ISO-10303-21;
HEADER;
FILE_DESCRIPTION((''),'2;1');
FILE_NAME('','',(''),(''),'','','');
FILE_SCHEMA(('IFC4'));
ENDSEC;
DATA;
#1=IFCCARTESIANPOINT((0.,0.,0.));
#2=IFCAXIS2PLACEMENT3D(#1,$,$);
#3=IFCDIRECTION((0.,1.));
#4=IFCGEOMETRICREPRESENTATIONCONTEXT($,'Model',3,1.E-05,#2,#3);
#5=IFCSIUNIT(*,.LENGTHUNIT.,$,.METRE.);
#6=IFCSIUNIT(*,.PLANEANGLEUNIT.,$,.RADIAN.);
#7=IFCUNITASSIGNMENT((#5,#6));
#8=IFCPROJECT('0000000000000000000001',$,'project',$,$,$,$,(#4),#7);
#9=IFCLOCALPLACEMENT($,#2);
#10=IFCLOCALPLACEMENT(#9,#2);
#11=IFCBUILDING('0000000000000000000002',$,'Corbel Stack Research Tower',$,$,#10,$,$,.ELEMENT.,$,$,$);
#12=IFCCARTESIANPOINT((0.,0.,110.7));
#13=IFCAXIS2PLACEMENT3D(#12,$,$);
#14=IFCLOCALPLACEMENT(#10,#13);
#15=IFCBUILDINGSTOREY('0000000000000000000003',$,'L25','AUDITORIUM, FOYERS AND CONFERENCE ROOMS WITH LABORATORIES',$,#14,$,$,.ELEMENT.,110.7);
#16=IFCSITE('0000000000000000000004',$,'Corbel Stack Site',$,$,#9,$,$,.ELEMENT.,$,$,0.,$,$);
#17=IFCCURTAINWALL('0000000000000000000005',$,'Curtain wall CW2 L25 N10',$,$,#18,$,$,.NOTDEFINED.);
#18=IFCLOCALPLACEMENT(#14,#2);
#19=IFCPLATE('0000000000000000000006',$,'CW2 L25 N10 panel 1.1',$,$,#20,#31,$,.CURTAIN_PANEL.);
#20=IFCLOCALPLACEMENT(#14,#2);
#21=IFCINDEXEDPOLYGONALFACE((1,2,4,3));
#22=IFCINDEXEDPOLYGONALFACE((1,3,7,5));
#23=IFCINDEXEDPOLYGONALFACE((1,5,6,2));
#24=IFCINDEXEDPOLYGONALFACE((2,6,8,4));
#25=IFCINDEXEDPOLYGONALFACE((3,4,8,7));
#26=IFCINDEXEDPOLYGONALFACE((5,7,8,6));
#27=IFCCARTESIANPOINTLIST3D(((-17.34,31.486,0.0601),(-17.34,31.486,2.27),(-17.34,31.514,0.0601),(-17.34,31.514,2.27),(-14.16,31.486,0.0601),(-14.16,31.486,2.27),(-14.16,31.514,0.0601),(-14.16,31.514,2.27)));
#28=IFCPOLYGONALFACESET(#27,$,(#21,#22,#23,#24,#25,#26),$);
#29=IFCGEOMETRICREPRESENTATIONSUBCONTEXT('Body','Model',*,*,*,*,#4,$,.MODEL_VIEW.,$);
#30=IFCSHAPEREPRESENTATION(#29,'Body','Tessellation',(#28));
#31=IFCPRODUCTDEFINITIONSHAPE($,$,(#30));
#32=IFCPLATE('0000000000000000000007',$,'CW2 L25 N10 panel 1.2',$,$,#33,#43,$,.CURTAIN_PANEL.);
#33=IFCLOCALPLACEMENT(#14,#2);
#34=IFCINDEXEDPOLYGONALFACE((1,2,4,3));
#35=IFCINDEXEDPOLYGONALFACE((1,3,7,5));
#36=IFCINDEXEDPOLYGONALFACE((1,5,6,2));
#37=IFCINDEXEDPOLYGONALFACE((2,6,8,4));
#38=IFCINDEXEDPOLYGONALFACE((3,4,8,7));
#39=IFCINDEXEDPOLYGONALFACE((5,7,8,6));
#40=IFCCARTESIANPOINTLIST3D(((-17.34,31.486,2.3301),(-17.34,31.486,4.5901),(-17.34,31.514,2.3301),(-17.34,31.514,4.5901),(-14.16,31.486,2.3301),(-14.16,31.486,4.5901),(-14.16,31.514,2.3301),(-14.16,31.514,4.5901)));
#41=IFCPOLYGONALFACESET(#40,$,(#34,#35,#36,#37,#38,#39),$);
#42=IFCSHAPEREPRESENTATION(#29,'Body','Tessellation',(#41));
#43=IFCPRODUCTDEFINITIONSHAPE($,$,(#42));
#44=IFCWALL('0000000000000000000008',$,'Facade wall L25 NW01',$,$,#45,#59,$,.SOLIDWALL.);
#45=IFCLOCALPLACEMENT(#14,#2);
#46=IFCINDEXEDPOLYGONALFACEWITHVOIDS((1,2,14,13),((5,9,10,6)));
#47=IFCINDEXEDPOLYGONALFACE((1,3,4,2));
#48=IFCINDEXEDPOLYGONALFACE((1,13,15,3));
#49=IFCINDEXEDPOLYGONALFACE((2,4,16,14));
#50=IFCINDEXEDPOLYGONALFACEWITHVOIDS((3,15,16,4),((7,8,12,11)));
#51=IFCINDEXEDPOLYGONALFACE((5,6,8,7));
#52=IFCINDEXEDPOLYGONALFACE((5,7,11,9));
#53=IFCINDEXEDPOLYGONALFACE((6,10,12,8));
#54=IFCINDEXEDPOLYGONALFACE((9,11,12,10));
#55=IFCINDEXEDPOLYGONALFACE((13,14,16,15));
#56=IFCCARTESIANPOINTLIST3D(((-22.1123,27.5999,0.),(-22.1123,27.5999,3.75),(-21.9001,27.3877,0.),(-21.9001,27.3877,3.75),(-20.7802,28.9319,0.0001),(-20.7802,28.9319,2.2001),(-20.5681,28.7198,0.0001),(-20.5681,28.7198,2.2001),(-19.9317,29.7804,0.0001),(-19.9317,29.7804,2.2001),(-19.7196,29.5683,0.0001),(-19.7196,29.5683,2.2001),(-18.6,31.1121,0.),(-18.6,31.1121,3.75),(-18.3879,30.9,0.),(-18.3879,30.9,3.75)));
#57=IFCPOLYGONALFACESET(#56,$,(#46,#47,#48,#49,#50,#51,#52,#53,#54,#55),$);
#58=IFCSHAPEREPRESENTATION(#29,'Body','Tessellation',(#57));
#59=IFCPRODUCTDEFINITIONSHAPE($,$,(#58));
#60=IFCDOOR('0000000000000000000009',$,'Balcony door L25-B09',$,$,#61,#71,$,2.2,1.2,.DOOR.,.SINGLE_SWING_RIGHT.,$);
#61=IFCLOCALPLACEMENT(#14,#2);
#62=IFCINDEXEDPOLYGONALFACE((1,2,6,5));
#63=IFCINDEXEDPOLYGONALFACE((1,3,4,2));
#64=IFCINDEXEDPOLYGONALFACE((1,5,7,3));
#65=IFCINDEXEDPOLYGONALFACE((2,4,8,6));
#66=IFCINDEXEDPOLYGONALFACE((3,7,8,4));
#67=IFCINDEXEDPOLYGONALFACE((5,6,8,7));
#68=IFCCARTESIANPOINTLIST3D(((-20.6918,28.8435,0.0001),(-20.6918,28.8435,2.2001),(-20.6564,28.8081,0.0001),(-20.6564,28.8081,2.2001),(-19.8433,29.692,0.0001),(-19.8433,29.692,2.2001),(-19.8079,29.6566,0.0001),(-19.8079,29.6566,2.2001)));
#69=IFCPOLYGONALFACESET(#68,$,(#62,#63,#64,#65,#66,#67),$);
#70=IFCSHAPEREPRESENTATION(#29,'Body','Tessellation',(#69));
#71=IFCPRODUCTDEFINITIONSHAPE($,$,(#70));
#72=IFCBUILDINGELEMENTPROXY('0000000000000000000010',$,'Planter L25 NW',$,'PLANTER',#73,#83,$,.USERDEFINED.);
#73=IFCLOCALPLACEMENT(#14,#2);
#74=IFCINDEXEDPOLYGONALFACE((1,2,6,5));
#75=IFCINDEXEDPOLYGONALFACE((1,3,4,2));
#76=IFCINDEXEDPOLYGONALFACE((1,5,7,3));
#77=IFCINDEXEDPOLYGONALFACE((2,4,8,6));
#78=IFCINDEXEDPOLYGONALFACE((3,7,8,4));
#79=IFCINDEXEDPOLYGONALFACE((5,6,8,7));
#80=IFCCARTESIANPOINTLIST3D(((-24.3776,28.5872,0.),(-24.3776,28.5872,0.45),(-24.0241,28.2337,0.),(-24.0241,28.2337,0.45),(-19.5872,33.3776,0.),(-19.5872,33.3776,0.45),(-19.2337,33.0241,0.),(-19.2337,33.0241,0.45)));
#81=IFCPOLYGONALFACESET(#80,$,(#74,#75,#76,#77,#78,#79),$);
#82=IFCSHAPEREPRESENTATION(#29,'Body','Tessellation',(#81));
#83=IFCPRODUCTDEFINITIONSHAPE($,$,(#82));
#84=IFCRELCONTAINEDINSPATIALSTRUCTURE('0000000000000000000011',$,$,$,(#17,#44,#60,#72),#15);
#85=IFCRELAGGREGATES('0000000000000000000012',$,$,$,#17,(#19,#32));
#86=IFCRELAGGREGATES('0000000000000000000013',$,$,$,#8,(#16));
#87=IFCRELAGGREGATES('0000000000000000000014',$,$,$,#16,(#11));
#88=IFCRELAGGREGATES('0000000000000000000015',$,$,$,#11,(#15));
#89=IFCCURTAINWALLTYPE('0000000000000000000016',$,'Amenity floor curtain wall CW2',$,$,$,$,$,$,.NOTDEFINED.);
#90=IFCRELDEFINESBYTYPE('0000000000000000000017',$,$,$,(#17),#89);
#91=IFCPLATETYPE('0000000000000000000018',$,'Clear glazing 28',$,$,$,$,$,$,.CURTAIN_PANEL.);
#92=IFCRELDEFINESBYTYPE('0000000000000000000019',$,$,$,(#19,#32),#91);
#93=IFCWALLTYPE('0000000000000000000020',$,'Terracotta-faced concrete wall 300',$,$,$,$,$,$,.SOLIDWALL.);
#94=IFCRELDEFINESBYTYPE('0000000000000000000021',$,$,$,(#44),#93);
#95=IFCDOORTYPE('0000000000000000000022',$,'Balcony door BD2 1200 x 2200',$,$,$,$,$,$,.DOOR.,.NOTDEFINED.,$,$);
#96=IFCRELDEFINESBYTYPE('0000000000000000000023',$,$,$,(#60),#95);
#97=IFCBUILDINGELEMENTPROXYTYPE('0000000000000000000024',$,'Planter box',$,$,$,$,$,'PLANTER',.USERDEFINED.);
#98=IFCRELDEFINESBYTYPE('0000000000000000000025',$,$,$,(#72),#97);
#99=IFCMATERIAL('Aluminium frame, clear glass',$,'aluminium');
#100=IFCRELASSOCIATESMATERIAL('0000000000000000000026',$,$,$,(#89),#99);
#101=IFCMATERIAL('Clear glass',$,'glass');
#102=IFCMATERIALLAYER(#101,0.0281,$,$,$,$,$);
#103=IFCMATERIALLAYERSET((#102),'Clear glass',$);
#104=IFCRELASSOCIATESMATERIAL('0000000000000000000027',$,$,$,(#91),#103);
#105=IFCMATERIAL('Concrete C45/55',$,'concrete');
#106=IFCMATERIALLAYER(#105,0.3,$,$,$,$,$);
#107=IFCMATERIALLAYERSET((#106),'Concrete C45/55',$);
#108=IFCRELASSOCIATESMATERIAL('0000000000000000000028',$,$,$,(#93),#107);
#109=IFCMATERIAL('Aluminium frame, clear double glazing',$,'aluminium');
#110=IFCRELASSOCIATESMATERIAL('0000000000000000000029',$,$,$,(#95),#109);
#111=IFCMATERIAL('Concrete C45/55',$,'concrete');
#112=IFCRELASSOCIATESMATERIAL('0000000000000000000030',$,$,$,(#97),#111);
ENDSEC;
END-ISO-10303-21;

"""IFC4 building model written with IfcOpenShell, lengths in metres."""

from ifc_helpers import new_model, si_unit, direction, frame, frame_2d, origin, origin_2d, place, context, subcontext, project, spatial, rectangle, extrude, material, layer, layer_set, type_object, element, fill, aggregate, save


model = new_model("IFC4")

# Units and contexts
model_context = context("Model", 3, precision=1e-05, world=origin(), true_north=direction((0.0, 1.0)))
body_context = subcontext(model_context, "Body", "Model", "MODEL_VIEW")
ifc_project = project(units=[si_unit("LENGTHUNIT", "METRE"), si_unit("PLANEANGLEUNIT", "RADIAN")], contexts=[model_context])

# Site, building, storey
site_placement = place(None, origin())
site = spatial("IfcSite", under=ifc_project, at=site_placement, Name="Corbel Stack Site", CompositionType="ELEMENT", RefElevation=0.0)
building_placement = place(site_placement, origin())
building = spatial("IfcBuilding", under=site, at=building_placement, Name="Corbel Stack Research Tower", CompositionType="ELEMENT")
storey_placement = place(building_placement, frame((0.0, 0.0, 110.7)))
storey = spatial("IfcBuildingStorey", under=building, at=storey_placement, Name="L25", Description="AUDITORIUM, FOYERS AND CONFERENCE ROOMS WITH LABORATORIES", CompositionType="ELEMENT", Elevation=110.7)

# Curtain wall
ifc_material_1 = material(Name="Aluminium frame, clear glass", Category="aluminium")
curtain_wall_type = type_object("IfcCurtainWallType", Name="Amenity floor curtain wall CW2", PredefinedType="NOTDEFINED", material=ifc_material_1)
curtain_wall_1_placement = place(storey_placement, origin())
curtain_wall_1 = element("IfcCurtainWall", 1, at=curtain_wall_1_placement, inside=storey, type_object=curtain_wall_type, Name="Curtain wall CW2 L25 N10", PredefinedType="NOTDEFINED")

# Plates
ifc_material_2 = material(Name="Clear glass", Category="glass")
ifc_layer_1 = layer(ifc_material_2, 0.0281)
ifc_layer_set_1 = layer_set([ifc_layer_1], Name="Clear glass")
plate_type = type_object("IfcPlateType", Name="Clear glazing 28", PredefinedType="CURTAIN_PANEL", material=ifc_layer_set_1)
plate_1_placement = place(storey_placement, frame((-15.75, 31.5, 0.0601), z_axis=(0.0, 0.0, 1.0), x_axis=(-1.0, 0.0, 0.0)))
plate_1 = element("IfcPlate", 2, at=plate_1_placement, type_object=plate_type, Name="CW2 L25 N10 panel 1.1", PredefinedType="CURTAIN_PANEL", context=body_context, shape_type="SweptSolid", body=[
    extrude(rectangle(XDim=3.1799, YDim=0.0281, at=origin_2d()), origin(), (0.0, 0.0, 1.0), 2.21),
])
plate_2_placement = place(storey_placement, frame((-15.75, 31.5, 2.3301), z_axis=(0.0, 0.0, 1.0), x_axis=(-1.0, 0.0, 0.0)))
plate_2 = element("IfcPlate", 3, at=plate_2_placement, type_object=plate_type, Name="CW2 L25 N10 panel 1.2", PredefinedType="CURTAIN_PANEL", context=body_context, shape_type="SweptSolid", body=[
    extrude(rectangle(XDim=3.1799, YDim=0.0281, at=origin_2d()), origin(), (0.0, 0.0, 1.0), 2.26),
])
aggregate(curtain_wall_1, [plate_1, plate_2])

# Wall, opening, door
ifc_material_3 = material(Name="Concrete C45/55", Category="concrete")
ifc_layer_2 = layer(ifc_material_3, 0.3)
ifc_layer_set_2 = layer_set([ifc_layer_2], Name="Concrete C45/55")
wall_type = type_object("IfcWallType", Name="Terracotta-faced concrete wall 300", PredefinedType="SOLIDWALL", material=ifc_layer_set_2)
wall_placement = place(storey_placement, frame((-22.0061, 27.4939, 0.0), z_axis=(0.0, 0.0, 1.0), x_axis=(0.707107, 0.707107, 0.0)))
wall = element("IfcWall", 4, at=wall_placement, inside=storey, type_object=wall_type, Name="Facade wall L25 NW01", PredefinedType="SOLIDWALL", context=body_context, shape_type="SweptSolid", body=[
    extrude(rectangle(XDim=4.967, YDim=0.3, at=frame_2d((2.4834, 0.0))), origin(), (0.0, 0.0, 1.0), 3.75),
])
opening_placement = place(wall_placement, frame((1.8835, 0.0, 0.0)))
opening = element("IfcOpeningElement", 5, at=opening_placement, cuts=wall, PredefinedType="OPENING", context=body_context, shape_type="SweptSolid", body=[
    extrude(rectangle(XDim=1.2, YDim=2.2, at=frame_2d((0.6001, 1.1001))), frame((0.0, 0.1599, 0.0), z_axis=(0.0, -1.0, 0.0), x_axis=(1.0, 0.0, 0.0)), (0.0, 0.0, 1.0), 0.3201),
])
ifc_material_4 = material(Name="Aluminium frame, clear double glazing", Category="aluminium")
door_type = type_object("IfcDoorType", Name="Balcony door BD2 1200 x 2200", OperationType="NOTDEFINED", PredefinedType="DOOR", material=ifc_material_4)
door_placement = place(opening_placement, origin())
door = element("IfcDoor", 6, at=door_placement, inside=storey, type_object=door_type, Name="Balcony door L25-B09", OperationType="SINGLE_SWING_RIGHT", OverallHeight=2.2, OverallWidth=1.2, PredefinedType="DOOR", context=body_context, shape_type="SweptSolid", body=[
    extrude(rectangle(XDim=1.2, YDim=2.2, at=frame_2d((0.6001, 1.1001))), frame((0.0, 0.0249, 0.0), z_axis=(0.0, -1.0, 0.0), x_axis=(1.0, 0.0, 0.0)), (0.0, 0.0, 1.0), 0.05),
])
fill(opening, door)

# Building element proxy
ifc_material_5 = material(Name="Concrete C45/55", Category="concrete")
building_element_proxy_type = type_object("IfcBuildingElementProxyType", Name="Planter box", ElementType="PLANTER", PredefinedType="USERDEFINED", material=ifc_material_5)
proxy_placement = place(storey_placement, frame((-21.8057, 30.8057, 0.0), z_axis=(0.0, 0.0, 1.0), x_axis=(-0.707107, -0.707107, 0.0)))
element("IfcBuildingElementProxy", 7, at=proxy_placement, inside=storey, type_object=building_element_proxy_type, Name="Planter L25 NW", ObjectType="PLANTER", PredefinedType="USERDEFINED", context=body_context, shape_type="SweptSolid", body=[
    extrude(rectangle(XDim=6.7747, YDim=0.5, at=origin_2d()), origin(), (0.0, 0.0, 1.0), 0.45),
])

save(model, "model.ifc")
